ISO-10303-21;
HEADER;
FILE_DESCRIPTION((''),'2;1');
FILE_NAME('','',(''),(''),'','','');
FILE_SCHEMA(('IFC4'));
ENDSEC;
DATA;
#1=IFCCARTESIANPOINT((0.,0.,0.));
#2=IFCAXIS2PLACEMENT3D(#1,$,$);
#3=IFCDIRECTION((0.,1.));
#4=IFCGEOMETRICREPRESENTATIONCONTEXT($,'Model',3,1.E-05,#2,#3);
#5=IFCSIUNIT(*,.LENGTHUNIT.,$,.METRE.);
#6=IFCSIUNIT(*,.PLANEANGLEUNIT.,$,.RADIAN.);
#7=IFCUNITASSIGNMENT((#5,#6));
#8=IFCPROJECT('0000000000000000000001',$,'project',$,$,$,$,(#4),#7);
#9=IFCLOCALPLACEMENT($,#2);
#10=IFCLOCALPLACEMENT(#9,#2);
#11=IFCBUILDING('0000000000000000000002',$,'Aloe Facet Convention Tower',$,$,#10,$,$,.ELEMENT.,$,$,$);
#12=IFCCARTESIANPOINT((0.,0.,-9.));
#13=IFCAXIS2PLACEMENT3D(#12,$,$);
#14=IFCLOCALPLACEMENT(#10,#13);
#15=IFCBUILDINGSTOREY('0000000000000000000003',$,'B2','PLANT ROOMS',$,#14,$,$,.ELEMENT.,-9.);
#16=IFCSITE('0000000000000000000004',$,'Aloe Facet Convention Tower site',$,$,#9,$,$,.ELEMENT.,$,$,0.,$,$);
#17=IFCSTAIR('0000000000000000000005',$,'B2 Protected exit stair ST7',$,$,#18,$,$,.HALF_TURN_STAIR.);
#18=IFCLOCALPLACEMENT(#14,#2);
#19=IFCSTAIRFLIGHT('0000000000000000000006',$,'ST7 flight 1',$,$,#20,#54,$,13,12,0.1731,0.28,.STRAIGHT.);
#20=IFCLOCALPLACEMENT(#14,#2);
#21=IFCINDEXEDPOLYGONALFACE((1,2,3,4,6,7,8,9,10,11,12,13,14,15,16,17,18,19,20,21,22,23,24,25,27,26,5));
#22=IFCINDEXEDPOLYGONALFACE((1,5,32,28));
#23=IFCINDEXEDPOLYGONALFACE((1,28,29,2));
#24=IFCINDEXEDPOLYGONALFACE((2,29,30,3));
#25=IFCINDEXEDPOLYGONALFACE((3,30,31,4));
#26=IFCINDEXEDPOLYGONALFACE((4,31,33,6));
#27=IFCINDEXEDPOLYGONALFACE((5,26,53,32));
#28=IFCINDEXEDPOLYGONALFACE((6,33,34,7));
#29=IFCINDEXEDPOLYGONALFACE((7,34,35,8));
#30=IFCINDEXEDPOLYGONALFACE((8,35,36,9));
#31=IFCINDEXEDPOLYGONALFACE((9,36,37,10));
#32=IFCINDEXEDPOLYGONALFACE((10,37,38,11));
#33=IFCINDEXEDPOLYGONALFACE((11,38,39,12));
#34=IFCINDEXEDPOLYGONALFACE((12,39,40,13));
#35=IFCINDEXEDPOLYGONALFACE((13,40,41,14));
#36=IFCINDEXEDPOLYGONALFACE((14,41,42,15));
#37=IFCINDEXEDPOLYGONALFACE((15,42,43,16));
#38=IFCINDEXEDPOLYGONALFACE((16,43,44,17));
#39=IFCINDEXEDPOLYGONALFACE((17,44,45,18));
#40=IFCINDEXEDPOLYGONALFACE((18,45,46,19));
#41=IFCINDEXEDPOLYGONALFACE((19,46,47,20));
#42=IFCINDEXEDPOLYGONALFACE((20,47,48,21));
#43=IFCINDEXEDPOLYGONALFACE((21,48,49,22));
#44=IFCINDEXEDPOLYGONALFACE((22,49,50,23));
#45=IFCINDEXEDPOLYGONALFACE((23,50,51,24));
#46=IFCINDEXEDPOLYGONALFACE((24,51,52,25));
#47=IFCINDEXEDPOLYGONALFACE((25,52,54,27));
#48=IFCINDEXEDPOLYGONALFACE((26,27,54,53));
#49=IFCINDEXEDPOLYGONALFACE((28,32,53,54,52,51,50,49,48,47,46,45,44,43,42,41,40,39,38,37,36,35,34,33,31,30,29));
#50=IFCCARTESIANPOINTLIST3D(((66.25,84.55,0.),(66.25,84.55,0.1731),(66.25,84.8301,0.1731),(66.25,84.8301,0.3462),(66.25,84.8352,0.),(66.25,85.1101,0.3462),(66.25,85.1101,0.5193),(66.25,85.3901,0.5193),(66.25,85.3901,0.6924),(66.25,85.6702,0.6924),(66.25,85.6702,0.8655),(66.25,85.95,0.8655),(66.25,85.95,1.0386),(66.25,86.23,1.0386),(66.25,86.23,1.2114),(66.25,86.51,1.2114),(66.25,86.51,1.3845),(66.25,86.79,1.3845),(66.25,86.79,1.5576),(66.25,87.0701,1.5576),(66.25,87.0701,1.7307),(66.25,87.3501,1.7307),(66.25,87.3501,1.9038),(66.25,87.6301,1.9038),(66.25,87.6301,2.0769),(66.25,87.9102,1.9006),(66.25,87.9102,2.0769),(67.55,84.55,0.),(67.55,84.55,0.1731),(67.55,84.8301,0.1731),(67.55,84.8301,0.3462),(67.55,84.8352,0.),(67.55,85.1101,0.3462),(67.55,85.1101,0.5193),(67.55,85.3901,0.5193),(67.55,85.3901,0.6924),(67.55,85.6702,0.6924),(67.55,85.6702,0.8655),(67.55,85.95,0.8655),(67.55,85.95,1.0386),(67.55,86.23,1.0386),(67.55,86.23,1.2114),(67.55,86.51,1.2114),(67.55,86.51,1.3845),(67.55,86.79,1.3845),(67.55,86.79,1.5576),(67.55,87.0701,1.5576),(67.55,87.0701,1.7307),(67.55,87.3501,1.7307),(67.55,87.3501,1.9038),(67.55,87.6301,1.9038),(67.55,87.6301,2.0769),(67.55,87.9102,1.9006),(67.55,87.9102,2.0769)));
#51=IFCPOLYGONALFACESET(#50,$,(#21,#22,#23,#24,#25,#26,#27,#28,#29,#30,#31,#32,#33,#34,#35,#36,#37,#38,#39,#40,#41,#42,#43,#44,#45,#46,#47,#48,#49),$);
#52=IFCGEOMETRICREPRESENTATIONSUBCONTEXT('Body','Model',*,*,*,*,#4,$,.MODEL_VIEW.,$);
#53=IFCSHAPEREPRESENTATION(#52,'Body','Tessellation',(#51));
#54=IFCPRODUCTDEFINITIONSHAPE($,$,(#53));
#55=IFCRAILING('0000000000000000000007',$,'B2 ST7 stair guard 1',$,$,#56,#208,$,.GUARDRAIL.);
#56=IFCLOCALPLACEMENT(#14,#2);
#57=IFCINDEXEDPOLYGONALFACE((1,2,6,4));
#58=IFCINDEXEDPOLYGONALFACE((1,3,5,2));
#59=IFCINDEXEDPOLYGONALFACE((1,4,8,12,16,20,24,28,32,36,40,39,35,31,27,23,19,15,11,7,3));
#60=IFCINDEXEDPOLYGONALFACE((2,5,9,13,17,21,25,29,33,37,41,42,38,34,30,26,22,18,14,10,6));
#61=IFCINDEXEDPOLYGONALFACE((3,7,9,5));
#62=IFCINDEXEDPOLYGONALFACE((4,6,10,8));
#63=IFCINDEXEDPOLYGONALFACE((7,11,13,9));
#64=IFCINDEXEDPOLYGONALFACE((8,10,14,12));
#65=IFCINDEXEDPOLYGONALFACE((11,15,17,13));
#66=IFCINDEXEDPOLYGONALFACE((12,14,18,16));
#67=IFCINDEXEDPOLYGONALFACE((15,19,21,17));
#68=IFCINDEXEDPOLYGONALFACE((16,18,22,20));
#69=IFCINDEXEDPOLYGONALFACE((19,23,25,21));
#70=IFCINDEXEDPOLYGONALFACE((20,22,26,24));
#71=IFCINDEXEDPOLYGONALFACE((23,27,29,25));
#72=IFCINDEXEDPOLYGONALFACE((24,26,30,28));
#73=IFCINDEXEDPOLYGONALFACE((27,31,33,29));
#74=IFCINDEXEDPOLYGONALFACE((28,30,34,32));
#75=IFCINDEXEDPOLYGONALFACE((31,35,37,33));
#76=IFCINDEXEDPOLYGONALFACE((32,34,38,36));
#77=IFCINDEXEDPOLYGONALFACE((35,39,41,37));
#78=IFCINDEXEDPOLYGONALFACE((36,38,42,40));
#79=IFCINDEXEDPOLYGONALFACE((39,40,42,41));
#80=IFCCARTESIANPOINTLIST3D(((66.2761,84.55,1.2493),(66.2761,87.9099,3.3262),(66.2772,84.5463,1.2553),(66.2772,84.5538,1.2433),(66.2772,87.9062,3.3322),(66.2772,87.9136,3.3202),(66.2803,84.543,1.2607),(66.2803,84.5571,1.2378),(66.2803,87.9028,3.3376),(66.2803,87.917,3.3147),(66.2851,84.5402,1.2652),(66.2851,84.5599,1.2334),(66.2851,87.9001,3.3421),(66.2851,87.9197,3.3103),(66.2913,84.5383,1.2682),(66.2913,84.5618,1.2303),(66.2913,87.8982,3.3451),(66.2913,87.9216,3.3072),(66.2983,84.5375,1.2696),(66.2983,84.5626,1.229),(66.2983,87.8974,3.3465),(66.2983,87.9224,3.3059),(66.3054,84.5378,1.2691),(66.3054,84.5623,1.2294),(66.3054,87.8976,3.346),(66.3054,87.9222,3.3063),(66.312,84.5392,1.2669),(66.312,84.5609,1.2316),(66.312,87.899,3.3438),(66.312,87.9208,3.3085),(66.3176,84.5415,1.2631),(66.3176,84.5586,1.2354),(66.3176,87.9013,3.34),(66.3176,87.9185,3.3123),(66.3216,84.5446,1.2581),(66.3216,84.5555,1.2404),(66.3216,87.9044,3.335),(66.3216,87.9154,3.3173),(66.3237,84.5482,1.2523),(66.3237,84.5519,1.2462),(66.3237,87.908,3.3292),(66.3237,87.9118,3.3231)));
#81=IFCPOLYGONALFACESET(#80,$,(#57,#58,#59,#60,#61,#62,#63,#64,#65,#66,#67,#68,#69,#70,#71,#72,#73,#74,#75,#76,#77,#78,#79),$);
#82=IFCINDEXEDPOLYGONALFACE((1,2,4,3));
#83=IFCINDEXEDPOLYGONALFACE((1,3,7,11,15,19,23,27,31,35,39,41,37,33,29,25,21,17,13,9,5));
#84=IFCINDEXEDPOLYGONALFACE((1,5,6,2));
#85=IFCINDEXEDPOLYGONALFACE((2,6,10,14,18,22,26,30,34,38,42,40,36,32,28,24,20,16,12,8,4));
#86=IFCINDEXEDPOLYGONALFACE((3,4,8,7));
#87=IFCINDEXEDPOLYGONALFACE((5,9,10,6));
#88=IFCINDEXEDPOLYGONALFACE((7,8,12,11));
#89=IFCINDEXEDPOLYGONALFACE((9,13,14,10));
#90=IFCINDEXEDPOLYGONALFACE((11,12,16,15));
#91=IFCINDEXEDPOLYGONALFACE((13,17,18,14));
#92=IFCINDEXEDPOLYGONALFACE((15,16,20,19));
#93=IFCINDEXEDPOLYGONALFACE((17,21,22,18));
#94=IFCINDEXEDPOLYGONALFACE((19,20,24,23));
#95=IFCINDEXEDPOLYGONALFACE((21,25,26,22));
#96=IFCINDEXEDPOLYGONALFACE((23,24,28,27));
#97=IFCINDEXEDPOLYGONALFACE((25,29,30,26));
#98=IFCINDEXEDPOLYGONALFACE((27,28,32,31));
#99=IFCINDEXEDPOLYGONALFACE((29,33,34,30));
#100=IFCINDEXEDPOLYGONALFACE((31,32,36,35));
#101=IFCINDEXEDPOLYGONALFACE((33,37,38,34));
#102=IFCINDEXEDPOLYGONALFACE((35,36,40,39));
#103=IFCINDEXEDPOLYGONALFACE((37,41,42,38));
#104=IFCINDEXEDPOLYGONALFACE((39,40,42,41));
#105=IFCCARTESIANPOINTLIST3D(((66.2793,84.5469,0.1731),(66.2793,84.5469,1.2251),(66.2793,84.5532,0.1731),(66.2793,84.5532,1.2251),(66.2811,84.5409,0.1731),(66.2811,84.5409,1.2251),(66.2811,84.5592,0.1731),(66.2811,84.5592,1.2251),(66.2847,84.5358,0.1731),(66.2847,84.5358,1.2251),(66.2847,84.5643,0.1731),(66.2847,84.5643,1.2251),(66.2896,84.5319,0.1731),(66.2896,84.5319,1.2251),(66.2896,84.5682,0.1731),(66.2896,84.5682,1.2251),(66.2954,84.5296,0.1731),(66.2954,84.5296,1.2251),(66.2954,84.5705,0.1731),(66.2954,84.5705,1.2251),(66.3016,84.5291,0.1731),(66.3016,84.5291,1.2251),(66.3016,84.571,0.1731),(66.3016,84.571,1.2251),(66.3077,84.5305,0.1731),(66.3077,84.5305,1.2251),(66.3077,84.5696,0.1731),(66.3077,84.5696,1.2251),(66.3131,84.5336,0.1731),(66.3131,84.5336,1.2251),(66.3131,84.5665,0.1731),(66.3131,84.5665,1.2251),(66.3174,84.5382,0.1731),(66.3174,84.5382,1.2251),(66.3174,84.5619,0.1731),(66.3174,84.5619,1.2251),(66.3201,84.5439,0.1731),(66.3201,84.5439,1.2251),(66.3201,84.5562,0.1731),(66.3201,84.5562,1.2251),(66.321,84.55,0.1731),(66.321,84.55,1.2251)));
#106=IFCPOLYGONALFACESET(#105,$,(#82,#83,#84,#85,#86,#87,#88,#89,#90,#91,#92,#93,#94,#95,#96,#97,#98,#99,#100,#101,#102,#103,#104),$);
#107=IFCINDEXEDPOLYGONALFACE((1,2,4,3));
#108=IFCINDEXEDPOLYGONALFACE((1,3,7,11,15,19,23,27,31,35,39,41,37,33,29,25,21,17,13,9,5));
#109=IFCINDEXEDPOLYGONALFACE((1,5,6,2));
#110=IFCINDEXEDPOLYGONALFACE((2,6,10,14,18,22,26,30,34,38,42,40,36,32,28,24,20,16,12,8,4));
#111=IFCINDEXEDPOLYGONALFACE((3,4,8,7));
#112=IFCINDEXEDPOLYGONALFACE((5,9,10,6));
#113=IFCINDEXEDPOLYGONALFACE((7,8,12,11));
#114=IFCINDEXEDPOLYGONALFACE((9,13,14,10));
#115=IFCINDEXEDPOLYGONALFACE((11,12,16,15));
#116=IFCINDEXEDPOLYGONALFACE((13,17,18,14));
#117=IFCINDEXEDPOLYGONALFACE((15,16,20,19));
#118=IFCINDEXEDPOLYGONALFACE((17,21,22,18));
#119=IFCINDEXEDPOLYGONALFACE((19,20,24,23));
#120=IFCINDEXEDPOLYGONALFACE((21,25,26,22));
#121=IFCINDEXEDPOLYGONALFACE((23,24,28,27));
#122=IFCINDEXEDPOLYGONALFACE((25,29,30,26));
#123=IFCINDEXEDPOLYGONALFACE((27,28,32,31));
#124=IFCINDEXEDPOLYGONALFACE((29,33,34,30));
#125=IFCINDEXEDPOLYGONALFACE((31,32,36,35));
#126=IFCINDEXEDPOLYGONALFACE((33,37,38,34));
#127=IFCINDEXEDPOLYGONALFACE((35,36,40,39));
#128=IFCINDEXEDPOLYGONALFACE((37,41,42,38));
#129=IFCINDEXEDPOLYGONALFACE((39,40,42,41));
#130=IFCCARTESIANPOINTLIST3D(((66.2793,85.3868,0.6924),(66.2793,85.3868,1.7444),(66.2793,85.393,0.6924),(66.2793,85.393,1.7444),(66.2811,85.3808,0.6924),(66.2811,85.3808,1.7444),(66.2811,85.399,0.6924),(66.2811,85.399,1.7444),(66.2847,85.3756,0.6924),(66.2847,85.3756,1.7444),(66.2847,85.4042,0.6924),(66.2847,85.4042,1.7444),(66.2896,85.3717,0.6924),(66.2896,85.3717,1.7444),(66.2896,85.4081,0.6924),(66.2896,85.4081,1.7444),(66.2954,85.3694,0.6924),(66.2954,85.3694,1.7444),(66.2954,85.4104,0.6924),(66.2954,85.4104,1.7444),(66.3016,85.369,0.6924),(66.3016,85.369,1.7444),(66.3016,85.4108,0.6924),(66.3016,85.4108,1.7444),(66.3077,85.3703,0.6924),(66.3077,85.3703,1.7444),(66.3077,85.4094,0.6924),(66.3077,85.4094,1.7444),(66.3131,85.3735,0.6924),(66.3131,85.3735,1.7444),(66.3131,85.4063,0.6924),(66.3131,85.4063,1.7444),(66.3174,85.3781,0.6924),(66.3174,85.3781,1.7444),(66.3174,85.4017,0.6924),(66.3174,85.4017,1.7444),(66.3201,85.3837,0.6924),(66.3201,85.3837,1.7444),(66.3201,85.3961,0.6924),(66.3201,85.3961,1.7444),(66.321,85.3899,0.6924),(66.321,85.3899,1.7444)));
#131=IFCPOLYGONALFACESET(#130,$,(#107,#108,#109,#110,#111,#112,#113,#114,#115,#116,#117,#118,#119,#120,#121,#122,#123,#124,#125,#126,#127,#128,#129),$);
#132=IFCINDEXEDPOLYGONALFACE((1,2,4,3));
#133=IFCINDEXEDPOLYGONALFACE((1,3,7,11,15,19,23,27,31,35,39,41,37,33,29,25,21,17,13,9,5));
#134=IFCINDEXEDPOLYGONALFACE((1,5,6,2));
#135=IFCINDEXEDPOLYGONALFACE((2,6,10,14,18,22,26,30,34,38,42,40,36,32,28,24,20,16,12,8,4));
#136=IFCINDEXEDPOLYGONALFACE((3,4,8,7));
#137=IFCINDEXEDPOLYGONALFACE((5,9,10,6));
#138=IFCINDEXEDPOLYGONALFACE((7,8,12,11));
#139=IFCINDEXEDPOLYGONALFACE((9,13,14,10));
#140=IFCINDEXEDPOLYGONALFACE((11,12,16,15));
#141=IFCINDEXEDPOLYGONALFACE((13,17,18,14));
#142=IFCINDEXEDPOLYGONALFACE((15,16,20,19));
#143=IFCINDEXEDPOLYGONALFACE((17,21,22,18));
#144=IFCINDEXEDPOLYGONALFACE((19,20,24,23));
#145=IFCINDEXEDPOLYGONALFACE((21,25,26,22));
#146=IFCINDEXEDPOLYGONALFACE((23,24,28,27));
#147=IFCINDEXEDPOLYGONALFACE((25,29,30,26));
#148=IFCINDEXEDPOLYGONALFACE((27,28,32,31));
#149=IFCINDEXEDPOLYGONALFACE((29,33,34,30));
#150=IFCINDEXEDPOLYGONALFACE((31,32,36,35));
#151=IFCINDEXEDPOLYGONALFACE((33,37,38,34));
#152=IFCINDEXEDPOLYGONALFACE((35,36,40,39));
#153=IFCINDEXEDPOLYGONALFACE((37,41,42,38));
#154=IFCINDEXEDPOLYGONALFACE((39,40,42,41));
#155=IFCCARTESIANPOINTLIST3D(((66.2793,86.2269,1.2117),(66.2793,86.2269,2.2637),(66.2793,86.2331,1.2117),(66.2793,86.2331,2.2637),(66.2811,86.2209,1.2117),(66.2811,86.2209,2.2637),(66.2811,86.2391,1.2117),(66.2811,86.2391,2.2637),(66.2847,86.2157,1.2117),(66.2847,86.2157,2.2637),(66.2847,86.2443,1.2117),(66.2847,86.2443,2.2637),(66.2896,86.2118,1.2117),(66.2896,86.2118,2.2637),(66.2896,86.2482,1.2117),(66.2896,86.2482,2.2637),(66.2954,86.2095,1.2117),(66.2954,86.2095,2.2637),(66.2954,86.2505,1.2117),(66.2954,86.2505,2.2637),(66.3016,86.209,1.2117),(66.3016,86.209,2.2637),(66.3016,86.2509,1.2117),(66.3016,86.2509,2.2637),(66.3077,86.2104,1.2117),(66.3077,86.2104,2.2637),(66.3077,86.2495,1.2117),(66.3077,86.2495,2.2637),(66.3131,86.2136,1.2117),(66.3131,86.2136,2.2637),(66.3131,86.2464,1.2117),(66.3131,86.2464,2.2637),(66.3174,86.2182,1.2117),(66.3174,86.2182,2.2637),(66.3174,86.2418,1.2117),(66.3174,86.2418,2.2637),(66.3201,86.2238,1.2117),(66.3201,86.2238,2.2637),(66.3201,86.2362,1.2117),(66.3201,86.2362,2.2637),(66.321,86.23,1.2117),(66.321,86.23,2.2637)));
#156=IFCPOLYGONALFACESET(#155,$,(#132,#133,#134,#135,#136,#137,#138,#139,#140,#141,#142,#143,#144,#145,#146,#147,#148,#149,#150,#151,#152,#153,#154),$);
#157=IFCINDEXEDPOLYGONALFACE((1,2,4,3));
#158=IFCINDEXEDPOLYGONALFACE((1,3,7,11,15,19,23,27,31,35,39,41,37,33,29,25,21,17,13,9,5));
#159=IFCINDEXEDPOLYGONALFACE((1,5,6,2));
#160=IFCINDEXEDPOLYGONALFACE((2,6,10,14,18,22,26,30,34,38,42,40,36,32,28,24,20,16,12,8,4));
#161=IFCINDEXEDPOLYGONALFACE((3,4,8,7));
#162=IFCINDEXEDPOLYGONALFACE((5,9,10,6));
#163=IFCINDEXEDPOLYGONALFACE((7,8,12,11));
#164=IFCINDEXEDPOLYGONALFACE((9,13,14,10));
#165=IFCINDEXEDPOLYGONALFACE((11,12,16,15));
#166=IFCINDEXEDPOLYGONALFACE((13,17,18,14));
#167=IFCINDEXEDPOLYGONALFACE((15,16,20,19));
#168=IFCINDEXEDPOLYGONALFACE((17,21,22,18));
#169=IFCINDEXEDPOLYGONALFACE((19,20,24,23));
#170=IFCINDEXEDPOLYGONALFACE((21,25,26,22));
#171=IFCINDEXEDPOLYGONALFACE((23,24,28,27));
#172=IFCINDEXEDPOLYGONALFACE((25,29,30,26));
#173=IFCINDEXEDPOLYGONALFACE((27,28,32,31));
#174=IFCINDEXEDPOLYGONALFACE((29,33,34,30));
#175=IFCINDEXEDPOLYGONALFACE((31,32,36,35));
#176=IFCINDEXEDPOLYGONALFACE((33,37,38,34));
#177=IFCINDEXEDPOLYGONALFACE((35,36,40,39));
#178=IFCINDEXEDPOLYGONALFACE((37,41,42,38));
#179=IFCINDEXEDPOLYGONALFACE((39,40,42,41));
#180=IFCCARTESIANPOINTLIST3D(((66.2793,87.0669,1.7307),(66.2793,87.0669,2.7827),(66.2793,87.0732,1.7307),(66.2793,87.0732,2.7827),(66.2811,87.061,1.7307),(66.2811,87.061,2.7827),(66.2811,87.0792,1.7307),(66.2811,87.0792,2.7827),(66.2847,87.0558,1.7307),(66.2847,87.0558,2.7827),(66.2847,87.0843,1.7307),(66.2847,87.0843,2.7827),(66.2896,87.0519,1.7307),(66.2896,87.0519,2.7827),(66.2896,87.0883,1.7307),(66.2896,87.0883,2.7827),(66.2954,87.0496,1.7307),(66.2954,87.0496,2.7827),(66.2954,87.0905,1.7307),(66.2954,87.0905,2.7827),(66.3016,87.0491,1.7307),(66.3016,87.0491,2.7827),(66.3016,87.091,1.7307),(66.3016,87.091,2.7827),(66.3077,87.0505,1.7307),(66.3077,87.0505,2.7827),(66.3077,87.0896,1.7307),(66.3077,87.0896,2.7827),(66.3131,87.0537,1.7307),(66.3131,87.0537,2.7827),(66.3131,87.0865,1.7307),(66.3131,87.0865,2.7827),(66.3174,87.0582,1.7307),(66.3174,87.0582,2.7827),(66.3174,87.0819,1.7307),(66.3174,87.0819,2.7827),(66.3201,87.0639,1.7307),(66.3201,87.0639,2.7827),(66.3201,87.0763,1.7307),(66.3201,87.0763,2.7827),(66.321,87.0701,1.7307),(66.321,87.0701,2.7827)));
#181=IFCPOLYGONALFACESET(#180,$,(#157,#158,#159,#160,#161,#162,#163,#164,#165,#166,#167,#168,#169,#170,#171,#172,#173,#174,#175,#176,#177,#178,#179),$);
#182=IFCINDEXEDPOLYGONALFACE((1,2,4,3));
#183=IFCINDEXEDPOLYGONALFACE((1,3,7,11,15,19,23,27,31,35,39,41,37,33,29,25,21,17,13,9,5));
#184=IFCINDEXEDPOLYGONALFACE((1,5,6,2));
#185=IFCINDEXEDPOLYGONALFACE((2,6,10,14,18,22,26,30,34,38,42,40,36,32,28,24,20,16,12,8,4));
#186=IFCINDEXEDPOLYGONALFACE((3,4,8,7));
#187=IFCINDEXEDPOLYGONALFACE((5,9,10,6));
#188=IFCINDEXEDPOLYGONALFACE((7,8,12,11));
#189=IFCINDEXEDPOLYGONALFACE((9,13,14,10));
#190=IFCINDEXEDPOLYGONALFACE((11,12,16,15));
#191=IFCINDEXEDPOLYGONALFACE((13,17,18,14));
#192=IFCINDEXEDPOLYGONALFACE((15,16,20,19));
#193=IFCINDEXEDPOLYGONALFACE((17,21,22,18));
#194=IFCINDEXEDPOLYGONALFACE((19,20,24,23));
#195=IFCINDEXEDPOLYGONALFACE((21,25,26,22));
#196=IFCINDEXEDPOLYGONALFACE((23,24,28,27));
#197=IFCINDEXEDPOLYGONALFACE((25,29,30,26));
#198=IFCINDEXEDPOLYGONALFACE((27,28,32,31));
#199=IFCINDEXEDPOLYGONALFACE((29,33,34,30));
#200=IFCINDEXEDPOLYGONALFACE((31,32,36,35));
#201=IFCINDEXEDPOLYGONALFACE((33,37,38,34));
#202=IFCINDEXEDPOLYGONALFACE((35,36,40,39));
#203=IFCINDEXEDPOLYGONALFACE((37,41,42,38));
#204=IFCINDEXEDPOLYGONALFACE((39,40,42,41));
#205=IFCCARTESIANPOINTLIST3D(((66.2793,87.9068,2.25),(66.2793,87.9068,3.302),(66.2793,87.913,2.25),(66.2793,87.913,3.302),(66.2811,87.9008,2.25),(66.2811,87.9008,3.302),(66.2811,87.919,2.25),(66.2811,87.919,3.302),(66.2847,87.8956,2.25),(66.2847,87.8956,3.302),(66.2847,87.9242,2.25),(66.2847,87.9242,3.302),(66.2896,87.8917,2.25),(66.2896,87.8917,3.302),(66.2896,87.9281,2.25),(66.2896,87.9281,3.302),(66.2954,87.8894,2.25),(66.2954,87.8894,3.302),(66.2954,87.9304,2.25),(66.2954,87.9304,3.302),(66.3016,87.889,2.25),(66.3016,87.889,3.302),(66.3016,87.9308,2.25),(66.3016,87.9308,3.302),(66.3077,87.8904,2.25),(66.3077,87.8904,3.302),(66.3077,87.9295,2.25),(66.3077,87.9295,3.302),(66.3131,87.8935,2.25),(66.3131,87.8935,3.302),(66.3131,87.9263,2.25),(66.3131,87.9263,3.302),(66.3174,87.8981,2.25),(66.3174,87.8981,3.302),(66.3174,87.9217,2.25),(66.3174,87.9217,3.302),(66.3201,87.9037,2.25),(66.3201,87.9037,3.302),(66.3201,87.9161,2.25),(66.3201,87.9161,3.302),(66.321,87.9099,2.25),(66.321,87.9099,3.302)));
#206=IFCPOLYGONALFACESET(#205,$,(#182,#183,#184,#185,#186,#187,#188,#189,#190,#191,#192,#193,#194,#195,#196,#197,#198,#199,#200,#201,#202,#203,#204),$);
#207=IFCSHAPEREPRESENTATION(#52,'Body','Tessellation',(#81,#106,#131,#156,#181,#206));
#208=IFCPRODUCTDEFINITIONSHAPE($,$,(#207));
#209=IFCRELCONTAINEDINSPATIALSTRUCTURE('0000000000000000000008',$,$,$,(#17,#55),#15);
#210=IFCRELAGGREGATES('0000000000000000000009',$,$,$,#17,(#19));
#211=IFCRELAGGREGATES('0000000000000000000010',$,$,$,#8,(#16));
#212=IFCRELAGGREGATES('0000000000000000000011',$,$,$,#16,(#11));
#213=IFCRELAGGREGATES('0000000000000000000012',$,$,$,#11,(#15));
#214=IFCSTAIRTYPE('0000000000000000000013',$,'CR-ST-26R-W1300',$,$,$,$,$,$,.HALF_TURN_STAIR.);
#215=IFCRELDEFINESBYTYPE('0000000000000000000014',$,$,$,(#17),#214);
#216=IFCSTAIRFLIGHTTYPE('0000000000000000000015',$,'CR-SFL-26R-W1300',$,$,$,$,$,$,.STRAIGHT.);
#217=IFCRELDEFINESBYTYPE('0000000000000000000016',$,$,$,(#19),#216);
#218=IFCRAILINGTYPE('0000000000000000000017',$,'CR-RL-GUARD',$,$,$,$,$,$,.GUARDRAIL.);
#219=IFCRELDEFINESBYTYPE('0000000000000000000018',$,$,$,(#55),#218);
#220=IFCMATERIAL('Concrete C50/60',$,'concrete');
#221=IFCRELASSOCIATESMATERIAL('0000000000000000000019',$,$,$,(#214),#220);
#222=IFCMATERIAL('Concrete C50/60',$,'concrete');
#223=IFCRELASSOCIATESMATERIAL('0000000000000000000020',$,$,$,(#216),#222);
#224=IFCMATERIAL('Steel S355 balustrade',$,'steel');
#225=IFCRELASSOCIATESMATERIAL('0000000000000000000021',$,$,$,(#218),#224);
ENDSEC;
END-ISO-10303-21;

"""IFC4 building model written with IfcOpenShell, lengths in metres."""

from ifc_helpers import new_model, si_unit, direction, frame, origin, origin_2d, place, context, subcontext, project, spatial, polyline, circle, outline, extrude, material, type_object, element, aggregate, save


model = new_model("IFC4")

# Units and contexts
model_context = context("Model", 3, precision=1e-05, world=origin(), true_north=direction((0.0, 1.0)))
body_context = subcontext(model_context, "Body", "Model", "MODEL_VIEW")
ifc_project = project(units=[si_unit("LENGTHUNIT", "METRE"), si_unit("PLANEANGLEUNIT", "RADIAN")], contexts=[model_context])

# Site, building, storey
site_placement = place(None, origin())
site = spatial("IfcSite", under=ifc_project, at=site_placement, Name="Aloe Facet Convention Tower site", CompositionType="ELEMENT", RefElevation=0.0)
building_placement = place(site_placement, origin())
building = spatial("IfcBuilding", under=site, at=building_placement, Name="Aloe Facet Convention Tower", CompositionType="ELEMENT")
storey_placement = place(building_placement, frame((0.0, 0.0, -9.0)))
storey = spatial("IfcBuildingStorey", under=building, at=storey_placement, Name="B2", Description="PLANT ROOMS", CompositionType="ELEMENT", Elevation=-9.0)

# Stair, stair flight
ifc_material_1 = material(Name="Concrete C50/60", Category="concrete")
stair_type = type_object("IfcStairType", Name="CR-ST-26R-W1300", PredefinedType="HALF_TURN_STAIR", material=ifc_material_1)
stair_placement = place(storey_placement, origin())
stair = element("IfcStair", 1, at=stair_placement, inside=storey, type_object=stair_type, Name="B2 Protected exit stair ST7", PredefinedType="HALF_TURN_STAIR")
ifc_material_2 = material(Name="Concrete C50/60", Category="concrete")
stair_flight_type = type_object("IfcStairFlightType", Name="CR-SFL-26R-W1300", PredefinedType="STRAIGHT", material=ifc_material_2)
stair_flight_placement = place(storey_placement, frame((66.8999, 84.55, 0.0), z_axis=(0.0, 0.0, 1.0), x_axis=(0.0, 1.0, 0.0)))
stair_flight = element("IfcStairFlight", 2, at=stair_flight_placement, type_object=stair_flight_type, Name="ST7 flight 1", NumberOfRisers=13, NumberOfTreads=12, PredefinedType="STRAIGHT", RiserHeight=0.1731, TreadLength=0.28, context=body_context, shape_type="SweptSolid", body=[
    extrude(outline(polyline([(0.0, 0.0), (0.0, 0.1731), (0.28, 0.1731), (0.28, 0.3462), (0.5601, 0.3462), (0.5601, 0.5193), (0.8401, 0.5193), (0.8401, 0.6924), (1.1201, 0.6924), (1.1201, 0.8655), (1.3999, 0.8655), (1.3999, 1.0386), (1.6799, 1.0386), (1.6799, 1.2114), (1.96, 1.2114), (1.96, 1.3845), (2.24, 1.3845), (2.24, 1.5576), (2.52, 1.5576), (2.52, 1.7307), (2.8, 1.7307), (2.8, 1.9038), (3.0801, 1.9038), (3.0801, 2.0769), (3.3601, 2.0769), (3.3601, 2.25), (3.3601, 1.9006), (0.2852, 0.0), (0.0, 0.0)])), frame((0.0, 0.6499, 0.0), z_axis=(0.0, -1.0, 0.0), x_axis=(1.0, 0.0, 0.0)), (0.0, 0.0, 1.0), 1.3),
])
aggregate(stair, [stair_flight])

# Railing
ifc_material_3 = material(Name="Steel S355 balustrade", Category="steel")
railing_type_1 = type_object("IfcRailingType", Name="CR-RL-GUARD", PredefinedType="GUARDRAIL", material=ifc_material_3)
railing_1_placement = place(storey_placement, frame((66.3, 84.55, 0.1731)))
element("IfcRailing", 3, at=railing_1_placement, inside=storey, type_object=railing_type_1, Name="B2 ST7 stair guard 1", PredefinedType="GUARDRAIL", context=body_context, shape_type="SweptSolid", body=[
    extrude(circle(Radius=0.0239, at=origin_2d()), frame((0.0, 0.0, 1.0762), z_axis=(0.0, 0.850606, 0.525803), x_axis=(-1.0, 0.0, 0.0)), (0.0, 0.0, 1.0), 3.95),
    extrude(circle(Radius=0.021, at=origin_2d()), origin(), (0.0, 0.0, 1.0), 1.052),
    extrude(circle(Radius=0.021, at=origin_2d()), frame((0.0, 0.8398, 0.5193)), (0.0, 0.0, 1.0), 1.052),
    extrude(circle(Radius=0.021, at=origin_2d()), frame((0.0, 1.6799, 1.0386)), (0.0, 0.0, 1.0), 1.052),
    extrude(circle(Radius=0.021, at=origin_2d()), frame((0.0, 2.52, 1.5576)), (0.0, 0.0, 1.0), 1.052),
    extrude(circle(Radius=0.021, at=origin_2d()), frame((0.0, 3.3599, 2.0769)), (0.0, 0.0, 1.0), 1.052),
])

save(model, "model.ifc")
